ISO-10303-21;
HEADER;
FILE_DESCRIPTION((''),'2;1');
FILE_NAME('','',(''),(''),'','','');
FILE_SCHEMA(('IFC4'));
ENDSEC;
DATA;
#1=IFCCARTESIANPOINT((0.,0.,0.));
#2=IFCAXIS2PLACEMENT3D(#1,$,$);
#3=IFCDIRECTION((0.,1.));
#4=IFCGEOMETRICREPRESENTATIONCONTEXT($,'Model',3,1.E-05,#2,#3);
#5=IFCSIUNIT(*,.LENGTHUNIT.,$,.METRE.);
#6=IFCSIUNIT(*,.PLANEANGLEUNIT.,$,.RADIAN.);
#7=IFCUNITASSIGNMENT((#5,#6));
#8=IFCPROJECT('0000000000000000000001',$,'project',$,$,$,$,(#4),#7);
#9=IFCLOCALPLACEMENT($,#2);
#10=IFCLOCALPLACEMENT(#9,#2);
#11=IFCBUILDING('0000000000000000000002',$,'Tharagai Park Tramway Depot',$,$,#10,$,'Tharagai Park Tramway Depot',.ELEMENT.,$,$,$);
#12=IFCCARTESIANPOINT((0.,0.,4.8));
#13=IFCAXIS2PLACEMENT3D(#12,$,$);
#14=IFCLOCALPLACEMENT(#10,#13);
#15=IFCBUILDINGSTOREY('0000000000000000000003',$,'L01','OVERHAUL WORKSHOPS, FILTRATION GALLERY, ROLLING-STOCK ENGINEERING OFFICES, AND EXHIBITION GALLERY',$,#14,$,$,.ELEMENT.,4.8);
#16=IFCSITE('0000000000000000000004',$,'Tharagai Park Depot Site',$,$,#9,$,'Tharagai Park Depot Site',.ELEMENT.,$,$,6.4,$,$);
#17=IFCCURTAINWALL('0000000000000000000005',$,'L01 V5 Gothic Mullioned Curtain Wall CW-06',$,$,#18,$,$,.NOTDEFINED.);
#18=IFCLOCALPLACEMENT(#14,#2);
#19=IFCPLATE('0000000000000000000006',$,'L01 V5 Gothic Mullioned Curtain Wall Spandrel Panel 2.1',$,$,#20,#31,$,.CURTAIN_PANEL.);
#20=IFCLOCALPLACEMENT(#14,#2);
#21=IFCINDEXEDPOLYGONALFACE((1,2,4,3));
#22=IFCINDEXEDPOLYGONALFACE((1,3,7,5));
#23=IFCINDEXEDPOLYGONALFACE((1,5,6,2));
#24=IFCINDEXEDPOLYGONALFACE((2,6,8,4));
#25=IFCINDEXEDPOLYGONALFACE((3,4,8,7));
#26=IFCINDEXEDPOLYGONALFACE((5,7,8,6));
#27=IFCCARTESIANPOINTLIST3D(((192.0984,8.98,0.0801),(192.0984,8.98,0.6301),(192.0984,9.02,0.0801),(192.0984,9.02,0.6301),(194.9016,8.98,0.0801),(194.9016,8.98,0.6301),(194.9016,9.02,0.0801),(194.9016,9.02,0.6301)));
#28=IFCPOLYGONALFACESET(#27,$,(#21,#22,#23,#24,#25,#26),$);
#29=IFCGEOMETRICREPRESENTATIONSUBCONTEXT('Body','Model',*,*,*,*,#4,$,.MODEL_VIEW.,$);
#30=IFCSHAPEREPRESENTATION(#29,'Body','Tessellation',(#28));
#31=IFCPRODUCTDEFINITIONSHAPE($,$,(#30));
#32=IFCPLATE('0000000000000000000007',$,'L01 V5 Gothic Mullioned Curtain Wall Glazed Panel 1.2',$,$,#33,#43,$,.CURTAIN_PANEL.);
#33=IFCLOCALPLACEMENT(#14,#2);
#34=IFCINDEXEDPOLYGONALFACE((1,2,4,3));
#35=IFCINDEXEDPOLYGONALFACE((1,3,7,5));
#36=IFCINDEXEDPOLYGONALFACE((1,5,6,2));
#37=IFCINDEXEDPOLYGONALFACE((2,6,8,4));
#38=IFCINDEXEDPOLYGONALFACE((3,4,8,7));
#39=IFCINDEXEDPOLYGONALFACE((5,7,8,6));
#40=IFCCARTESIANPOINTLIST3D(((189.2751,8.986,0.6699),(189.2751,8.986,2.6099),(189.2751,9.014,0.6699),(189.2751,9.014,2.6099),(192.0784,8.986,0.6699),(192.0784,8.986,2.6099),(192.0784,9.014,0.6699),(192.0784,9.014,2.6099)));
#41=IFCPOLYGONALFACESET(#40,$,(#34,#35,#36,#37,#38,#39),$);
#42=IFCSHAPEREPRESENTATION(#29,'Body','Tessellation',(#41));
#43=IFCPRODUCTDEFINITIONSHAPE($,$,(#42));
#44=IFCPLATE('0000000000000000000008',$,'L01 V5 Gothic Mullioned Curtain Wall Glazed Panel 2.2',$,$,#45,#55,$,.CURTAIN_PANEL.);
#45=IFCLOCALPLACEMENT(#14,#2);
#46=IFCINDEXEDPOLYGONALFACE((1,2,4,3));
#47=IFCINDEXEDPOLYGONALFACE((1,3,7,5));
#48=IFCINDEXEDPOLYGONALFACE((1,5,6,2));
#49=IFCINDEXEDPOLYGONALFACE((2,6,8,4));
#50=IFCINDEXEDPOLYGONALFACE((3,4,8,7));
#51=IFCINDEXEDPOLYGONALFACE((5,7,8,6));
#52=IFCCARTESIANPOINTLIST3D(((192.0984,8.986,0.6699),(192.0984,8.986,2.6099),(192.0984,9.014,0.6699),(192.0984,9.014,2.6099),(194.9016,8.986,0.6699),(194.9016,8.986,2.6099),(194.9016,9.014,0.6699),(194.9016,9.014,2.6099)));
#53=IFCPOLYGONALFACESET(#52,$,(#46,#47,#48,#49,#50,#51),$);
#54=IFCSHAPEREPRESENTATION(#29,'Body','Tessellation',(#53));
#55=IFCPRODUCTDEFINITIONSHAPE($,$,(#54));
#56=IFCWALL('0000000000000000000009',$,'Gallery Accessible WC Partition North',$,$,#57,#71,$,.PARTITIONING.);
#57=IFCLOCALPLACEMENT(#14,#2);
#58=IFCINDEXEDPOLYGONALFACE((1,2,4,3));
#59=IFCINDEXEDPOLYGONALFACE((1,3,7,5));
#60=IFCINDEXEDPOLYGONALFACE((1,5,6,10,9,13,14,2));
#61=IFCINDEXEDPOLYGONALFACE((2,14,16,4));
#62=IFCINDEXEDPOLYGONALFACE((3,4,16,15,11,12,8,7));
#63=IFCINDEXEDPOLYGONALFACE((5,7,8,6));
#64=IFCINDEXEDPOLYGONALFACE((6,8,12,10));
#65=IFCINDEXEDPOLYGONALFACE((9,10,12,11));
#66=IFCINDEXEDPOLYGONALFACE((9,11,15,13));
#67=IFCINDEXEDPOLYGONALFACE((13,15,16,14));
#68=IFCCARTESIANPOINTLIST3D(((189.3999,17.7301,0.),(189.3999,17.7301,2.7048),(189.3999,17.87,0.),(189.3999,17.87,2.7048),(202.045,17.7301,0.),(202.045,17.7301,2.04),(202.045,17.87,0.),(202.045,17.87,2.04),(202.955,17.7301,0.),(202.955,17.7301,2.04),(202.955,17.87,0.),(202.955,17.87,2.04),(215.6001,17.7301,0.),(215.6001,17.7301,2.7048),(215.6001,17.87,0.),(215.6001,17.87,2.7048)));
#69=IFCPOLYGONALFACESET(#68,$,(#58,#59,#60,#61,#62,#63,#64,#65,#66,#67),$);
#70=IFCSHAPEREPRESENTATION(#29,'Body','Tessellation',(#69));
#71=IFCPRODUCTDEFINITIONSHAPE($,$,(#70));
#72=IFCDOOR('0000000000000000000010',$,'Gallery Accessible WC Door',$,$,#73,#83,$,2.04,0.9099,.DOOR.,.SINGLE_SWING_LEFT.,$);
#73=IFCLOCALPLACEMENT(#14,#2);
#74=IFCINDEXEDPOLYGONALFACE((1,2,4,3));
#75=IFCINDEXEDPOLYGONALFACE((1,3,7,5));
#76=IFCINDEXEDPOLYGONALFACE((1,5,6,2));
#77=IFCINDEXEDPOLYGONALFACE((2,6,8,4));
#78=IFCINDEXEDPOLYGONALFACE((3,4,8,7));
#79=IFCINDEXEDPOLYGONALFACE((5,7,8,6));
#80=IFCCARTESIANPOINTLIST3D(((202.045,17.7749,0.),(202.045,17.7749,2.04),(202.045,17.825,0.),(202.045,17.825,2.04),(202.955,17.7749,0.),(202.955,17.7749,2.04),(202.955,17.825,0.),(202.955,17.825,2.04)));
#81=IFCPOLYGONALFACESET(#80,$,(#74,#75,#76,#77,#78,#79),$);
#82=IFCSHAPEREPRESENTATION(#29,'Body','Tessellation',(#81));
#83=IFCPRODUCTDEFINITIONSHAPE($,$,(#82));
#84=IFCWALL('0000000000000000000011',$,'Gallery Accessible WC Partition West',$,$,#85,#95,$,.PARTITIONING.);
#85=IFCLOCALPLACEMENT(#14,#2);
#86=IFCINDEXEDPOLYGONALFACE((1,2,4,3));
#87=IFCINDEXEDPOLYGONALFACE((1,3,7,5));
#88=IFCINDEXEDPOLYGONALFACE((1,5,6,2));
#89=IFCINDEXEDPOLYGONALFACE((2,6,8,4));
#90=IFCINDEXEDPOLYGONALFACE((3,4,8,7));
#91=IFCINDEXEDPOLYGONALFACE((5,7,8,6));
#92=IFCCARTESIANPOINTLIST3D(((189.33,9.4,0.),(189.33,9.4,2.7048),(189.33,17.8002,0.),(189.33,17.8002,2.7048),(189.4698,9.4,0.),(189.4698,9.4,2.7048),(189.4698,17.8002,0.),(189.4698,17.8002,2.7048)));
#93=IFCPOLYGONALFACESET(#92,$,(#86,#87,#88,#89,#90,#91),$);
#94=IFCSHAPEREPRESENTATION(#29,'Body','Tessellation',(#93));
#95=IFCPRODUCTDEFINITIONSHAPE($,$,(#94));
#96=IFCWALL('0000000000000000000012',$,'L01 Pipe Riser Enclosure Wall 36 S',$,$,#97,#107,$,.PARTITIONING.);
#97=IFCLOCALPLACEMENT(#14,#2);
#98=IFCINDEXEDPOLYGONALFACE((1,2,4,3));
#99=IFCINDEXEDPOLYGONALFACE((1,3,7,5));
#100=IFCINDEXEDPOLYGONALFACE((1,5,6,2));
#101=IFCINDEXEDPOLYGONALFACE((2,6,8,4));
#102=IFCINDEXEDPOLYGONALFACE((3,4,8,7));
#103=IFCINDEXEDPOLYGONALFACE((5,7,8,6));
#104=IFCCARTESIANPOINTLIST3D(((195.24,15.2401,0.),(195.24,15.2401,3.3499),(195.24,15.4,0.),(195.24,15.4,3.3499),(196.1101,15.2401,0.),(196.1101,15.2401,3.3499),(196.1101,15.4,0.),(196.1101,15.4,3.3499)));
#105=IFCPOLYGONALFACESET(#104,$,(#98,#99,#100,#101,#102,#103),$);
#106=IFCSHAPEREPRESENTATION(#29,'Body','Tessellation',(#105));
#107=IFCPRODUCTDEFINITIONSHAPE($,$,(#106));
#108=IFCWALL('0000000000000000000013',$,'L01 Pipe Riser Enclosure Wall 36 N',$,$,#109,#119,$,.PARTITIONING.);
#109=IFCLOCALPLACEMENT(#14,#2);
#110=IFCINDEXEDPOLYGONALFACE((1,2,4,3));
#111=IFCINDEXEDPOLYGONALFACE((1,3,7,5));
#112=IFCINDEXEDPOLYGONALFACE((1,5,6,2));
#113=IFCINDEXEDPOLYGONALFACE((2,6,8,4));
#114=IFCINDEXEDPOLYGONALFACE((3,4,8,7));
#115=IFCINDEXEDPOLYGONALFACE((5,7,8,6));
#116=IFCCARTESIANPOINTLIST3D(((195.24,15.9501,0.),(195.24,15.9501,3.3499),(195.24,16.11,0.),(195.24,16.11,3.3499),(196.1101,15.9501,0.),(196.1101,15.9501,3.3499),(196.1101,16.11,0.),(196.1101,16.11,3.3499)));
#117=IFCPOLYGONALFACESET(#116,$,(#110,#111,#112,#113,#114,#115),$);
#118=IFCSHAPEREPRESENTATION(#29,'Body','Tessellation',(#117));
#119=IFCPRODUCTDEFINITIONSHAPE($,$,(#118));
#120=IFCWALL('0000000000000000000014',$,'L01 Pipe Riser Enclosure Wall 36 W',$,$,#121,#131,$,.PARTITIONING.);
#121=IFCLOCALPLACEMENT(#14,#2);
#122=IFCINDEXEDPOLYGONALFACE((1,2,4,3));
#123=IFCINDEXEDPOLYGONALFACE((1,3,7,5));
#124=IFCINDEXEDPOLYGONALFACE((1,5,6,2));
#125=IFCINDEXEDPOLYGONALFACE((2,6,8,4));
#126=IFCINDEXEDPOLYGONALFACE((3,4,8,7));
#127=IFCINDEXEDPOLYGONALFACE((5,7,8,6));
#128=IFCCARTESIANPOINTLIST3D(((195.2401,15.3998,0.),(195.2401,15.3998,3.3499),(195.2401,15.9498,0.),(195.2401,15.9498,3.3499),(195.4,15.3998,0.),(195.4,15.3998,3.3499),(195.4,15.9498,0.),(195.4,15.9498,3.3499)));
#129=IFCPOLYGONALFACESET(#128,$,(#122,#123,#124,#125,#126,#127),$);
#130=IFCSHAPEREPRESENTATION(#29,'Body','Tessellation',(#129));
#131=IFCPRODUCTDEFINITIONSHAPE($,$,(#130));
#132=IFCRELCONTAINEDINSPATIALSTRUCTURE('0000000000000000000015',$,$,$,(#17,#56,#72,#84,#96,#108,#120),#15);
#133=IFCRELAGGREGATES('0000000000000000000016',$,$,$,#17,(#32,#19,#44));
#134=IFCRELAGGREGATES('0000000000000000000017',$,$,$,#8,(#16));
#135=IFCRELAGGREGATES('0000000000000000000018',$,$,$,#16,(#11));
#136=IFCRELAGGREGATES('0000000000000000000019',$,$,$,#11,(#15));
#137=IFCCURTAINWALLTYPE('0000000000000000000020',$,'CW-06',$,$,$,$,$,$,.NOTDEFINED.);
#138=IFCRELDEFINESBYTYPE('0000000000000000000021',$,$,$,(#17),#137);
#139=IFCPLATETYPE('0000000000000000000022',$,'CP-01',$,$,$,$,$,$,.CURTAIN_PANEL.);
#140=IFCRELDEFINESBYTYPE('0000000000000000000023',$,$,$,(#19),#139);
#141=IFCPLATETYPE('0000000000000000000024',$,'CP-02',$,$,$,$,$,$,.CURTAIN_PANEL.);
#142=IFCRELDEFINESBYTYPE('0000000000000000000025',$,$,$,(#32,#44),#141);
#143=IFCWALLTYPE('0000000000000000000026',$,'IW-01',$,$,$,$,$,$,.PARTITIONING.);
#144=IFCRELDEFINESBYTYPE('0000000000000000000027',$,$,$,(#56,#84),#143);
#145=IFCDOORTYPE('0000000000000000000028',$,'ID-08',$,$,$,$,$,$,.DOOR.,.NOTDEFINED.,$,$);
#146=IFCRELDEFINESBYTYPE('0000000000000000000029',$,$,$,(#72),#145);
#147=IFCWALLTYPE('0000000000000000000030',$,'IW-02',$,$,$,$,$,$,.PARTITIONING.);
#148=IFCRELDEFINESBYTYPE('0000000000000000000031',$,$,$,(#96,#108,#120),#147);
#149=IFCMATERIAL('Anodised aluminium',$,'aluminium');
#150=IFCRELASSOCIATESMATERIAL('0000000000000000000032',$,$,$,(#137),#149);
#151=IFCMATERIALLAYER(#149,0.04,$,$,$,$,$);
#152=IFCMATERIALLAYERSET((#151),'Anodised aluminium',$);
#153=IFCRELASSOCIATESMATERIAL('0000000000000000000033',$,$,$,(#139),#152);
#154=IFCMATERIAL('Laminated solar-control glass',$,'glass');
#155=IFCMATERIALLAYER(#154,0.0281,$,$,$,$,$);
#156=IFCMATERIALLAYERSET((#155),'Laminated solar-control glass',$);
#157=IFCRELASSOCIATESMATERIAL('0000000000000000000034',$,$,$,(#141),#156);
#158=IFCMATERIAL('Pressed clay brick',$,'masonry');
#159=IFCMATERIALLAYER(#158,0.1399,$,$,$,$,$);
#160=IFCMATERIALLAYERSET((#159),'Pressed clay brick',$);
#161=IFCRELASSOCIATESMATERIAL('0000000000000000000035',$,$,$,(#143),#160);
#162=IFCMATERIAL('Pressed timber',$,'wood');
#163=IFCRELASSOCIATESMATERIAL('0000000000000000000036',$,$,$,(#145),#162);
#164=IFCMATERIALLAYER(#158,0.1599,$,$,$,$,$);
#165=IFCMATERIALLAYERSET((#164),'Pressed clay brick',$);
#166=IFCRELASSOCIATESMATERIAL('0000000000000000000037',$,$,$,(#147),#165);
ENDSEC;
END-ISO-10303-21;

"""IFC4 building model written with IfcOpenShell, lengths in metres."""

from ifc_helpers import new_model, si_unit, direction, frame, frame_2d, origin, origin_2d, place, context, subcontext, project, spatial, rectangle, extrude, material, layer, layer_set, type_object, element, fill, aggregate, save


model = new_model("IFC4")

# Units and contexts
model_context = context("Model", 3, precision=1e-05, world=origin(), true_north=direction((0.0, 1.0)))
body_context = subcontext(model_context, "Body", "Model", "MODEL_VIEW")
ifc_project = project(units=[si_unit("LENGTHUNIT", "METRE"), si_unit("PLANEANGLEUNIT", "RADIAN")], contexts=[model_context])

# Site, building, storey
site_placement = place(None, origin())
site = spatial("IfcSite", under=ifc_project, at=site_placement, Name="Tharagai Park Depot Site", LongName="Tharagai Park Depot Site", CompositionType="ELEMENT", RefElevation=6.4)
building_placement = place(site_placement, origin())
building = spatial("IfcBuilding", under=site, at=building_placement, Name="Tharagai Park Tramway Depot", LongName="Tharagai Park Tramway Depot", CompositionType="ELEMENT")
storey_placement = place(building_placement, frame((0.0, 0.0, 4.8)))
storey = spatial("IfcBuildingStorey", under=building, at=storey_placement, Name="L01", Description="OVERHAUL WORKSHOPS, FILTRATION GALLERY, ROLLING-STOCK ENGINEERING OFFICES, AND EXHIBITION GALLERY", CompositionType="ELEMENT", Elevation=4.8)

# Curtain wall
ifc_material_1 = material(Name="Anodised aluminium", Category="aluminium")
curtain_wall_type = type_object("IfcCurtainWallType", Name="CW-06", PredefinedType="NOTDEFINED", material=ifc_material_1)
curtain_wall_placement = place(storey_placement, origin())
curtain_wall = element("IfcCurtainWall", 1, at=curtain_wall_placement, inside=storey, type_object=curtain_wall_type, Name="L01 V5 Gothic Mullioned Curtain Wall CW-06", PredefinedType="NOTDEFINED")

# Plates
ifc_layer_1 = layer(ifc_material_1, 0.04)
ifc_layer_set_1 = layer_set([ifc_layer_1], Name="Anodised aluminium")
plate_type_1 = type_object("IfcPlateType", Name="CP-01", PredefinedType="CURTAIN_PANEL", material=ifc_layer_set_1)
plate_1_placement = place(storey_placement, frame((193.5, 9.0, 0.0801), z_axis=(0.0, 0.0, 1.0), x_axis=(1.0, 0.0, 0.0)))
plate_1 = element("IfcPlate", 2, at=plate_1_placement, type_object=plate_type_1, Name="L01 V5 Gothic Mullioned Curtain Wall Spandrel Panel 2.1", PredefinedType="CURTAIN_PANEL", context=body_context, shape_type="SweptSolid", body=[
    extrude(rectangle(XDim=2.8032, YDim=0.04, at=origin_2d()), origin(), (0.0, 0.0, 1.0), 0.55),
])
ifc_material_2 = material(Name="Laminated solar-control glass", Category="glass")
ifc_layer_2 = layer(ifc_material_2, 0.0281)
ifc_layer_set_2 = layer_set([ifc_layer_2], Name="Laminated solar-control glass")
plate_type_2 = type_object("IfcPlateType", Name="CP-02", PredefinedType="CURTAIN_PANEL", material=ifc_layer_set_2)
plate_2_placement = place(storey_placement, frame((190.6768, 9.0, 0.6699), z_axis=(0.0, 0.0, 1.0), x_axis=(1.0, 0.0, 0.0)))
plate_2 = element("IfcPlate", 3, at=plate_2_placement, type_object=plate_type_2, Name="L01 V5 Gothic Mullioned Curtain Wall Glazed Panel 1.2", PredefinedType="CURTAIN_PANEL", context=body_context, shape_type="SweptSolid", body=[
    extrude(rectangle(XDim=2.8032, YDim=0.0281, at=origin_2d()), origin(), (0.0, 0.0, 1.0), 1.9399),
])
plate_3_placement = place(storey_placement, frame((193.5, 9.0, 0.6699), z_axis=(0.0, 0.0, 1.0), x_axis=(1.0, 0.0, 0.0)))
plate_3 = element("IfcPlate", 4, at=plate_3_placement, type_object=plate_type_2, Name="L01 V5 Gothic Mullioned Curtain Wall Glazed Panel 2.2", PredefinedType="CURTAIN_PANEL", context=body_context, shape_type="SweptSolid", body=[
    extrude(rectangle(XDim=2.8032, YDim=0.0281, at=origin_2d()), origin(), (0.0, 0.0, 1.0), 1.9399),
])
aggregate(curtain_wall, [plate_2, plate_1, plate_3])

# Wall, opening, door
ifc_material_3 = material(Name="Pressed clay brick", Category="masonry")
ifc_layer_3 = layer(ifc_material_3, 0.1399)
ifc_layer_set_3 = layer_set([ifc_layer_3], Name="Pressed clay brick")
wall_type_1 = type_object("IfcWallType", Name="IW-01", PredefinedType="PARTITIONING", material=ifc_layer_set_3)
wall_1_placement = place(storey_placement, frame((189.3999, 17.8, 0.0), z_axis=(0.0, 0.0, 1.0), x_axis=(1.0, 0.0, 0.0)))
wall_1 = element("IfcWall", 5, at=wall_1_placement, inside=storey, type_object=wall_type_1, Name="Gallery Accessible WC Partition North", PredefinedType="PARTITIONING", context=body_context, shape_type="SweptSolid", body=[
    extrude(rectangle(XDim=26.2002, YDim=0.1399, at=frame_2d((13.1001, 0.0))), origin(), (0.0, 0.0, 1.0), 2.7048),
])
opening_placement = place(wall_1_placement, frame((12.645, 0.0, 0.0)))
opening = element("IfcOpeningElement", 6, at=opening_placement, cuts=wall_1, PredefinedType="OPENING", context=body_context, shape_type="SweptSolid", body=[
    extrude(rectangle(XDim=0.9099, YDim=2.04, at=frame_2d((0.4551, 1.02))), frame((0.0, 0.0798, 0.0), z_axis=(0.0, -1.0, 0.0), x_axis=(1.0, 0.0, 0.0)), (0.0, 0.0, 1.0), 0.1599),
])
ifc_material_4 = material(Name="Pressed timber", Category="wood")
door_type = type_object("IfcDoorType", Name="ID-08", OperationType="NOTDEFINED", PredefinedType="DOOR", material=ifc_material_4)
door_placement = place(opening_placement, origin())
door = element("IfcDoor", 7, at=door_placement, inside=storey, type_object=door_type, Name="Gallery Accessible WC Door", OperationType="SINGLE_SWING_LEFT", OverallHeight=2.04, OverallWidth=0.9099, PredefinedType="DOOR", context=body_context, shape_type="SweptSolid", body=[
    extrude(rectangle(XDim=0.9099, YDim=2.04, at=frame_2d((0.4551, 1.02))), frame((0.0, 0.0249, 0.0), z_axis=(0.0, -1.0, 0.0), x_axis=(1.0, 0.0, 0.0)), (0.0, 0.0, 1.0), 0.05),
])
fill(opening, door)

# Walls
wall_2_placement = place(storey_placement, frame((189.3999, 9.3999, 0.0), z_axis=(0.0, 0.0, 1.0), x_axis=(0.0, 1.0, 0.0)))
element("IfcWall", 8, at=wall_2_placement, inside=storey, type_object=wall_type_1, Name="Gallery Accessible WC Partition West", PredefinedType="PARTITIONING", context=body_context, shape_type="SweptSolid", body=[
    extrude(rectangle(XDim=8.4001, YDim=0.1399, at=frame_2d((4.2002, 0.0))), origin(), (0.0, 0.0, 1.0), 2.7048),
])
ifc_layer_4 = layer(ifc_material_3, 0.1599)
ifc_layer_set_4 = layer_set([ifc_layer_4], Name="Pressed clay brick")
wall_type_2 = type_object("IfcWallType", Name="IW-02", PredefinedType="PARTITIONING", material=ifc_layer_set_4)
for number, where, z_axis, x_axis, name in (
    (9, (195.24, 15.3201, 0.0), (0.0, 0.0, 1.0), (1.0, 0.0, 0.0), "L01 Pipe Riser Enclosure Wall 36 S"),
    (10, (195.24, 16.03, 0.0), (0.0, 0.0, 1.0), (1.0, 0.0, 0.0), "L01 Pipe Riser Enclosure Wall 36 N"),
):
    element("IfcWall", number, at=place(storey_placement, frame(where, z_axis=z_axis, x_axis=x_axis)), inside=storey, type_object=wall_type_2, Name=name, PredefinedType="PARTITIONING", context=body_context, shape_type="SweptSolid", body=[
        extrude(rectangle(XDim=0.8701, YDim=0.1599, at=frame_2d((0.4351, 0.0))), origin(), (0.0, 0.0, 1.0), 3.3499),
    ])
wall_3_placement = place(storey_placement, frame((195.3201, 15.3999, 0.0), z_axis=(0.0, 0.0, 1.0), x_axis=(0.0, 1.0, 0.0)))
element("IfcWall", 11, at=wall_3_placement, inside=storey, type_object=wall_type_2, Name="L01 Pipe Riser Enclosure Wall 36 W", PredefinedType="PARTITIONING", context=body_context, shape_type="SweptSolid", body=[
    extrude(rectangle(XDim=0.55, YDim=0.1599, at=frame_2d((0.2749, 0.0))), origin(), (0.0, 0.0, 1.0), 3.3499),
])

save(model, "model.ifc")
